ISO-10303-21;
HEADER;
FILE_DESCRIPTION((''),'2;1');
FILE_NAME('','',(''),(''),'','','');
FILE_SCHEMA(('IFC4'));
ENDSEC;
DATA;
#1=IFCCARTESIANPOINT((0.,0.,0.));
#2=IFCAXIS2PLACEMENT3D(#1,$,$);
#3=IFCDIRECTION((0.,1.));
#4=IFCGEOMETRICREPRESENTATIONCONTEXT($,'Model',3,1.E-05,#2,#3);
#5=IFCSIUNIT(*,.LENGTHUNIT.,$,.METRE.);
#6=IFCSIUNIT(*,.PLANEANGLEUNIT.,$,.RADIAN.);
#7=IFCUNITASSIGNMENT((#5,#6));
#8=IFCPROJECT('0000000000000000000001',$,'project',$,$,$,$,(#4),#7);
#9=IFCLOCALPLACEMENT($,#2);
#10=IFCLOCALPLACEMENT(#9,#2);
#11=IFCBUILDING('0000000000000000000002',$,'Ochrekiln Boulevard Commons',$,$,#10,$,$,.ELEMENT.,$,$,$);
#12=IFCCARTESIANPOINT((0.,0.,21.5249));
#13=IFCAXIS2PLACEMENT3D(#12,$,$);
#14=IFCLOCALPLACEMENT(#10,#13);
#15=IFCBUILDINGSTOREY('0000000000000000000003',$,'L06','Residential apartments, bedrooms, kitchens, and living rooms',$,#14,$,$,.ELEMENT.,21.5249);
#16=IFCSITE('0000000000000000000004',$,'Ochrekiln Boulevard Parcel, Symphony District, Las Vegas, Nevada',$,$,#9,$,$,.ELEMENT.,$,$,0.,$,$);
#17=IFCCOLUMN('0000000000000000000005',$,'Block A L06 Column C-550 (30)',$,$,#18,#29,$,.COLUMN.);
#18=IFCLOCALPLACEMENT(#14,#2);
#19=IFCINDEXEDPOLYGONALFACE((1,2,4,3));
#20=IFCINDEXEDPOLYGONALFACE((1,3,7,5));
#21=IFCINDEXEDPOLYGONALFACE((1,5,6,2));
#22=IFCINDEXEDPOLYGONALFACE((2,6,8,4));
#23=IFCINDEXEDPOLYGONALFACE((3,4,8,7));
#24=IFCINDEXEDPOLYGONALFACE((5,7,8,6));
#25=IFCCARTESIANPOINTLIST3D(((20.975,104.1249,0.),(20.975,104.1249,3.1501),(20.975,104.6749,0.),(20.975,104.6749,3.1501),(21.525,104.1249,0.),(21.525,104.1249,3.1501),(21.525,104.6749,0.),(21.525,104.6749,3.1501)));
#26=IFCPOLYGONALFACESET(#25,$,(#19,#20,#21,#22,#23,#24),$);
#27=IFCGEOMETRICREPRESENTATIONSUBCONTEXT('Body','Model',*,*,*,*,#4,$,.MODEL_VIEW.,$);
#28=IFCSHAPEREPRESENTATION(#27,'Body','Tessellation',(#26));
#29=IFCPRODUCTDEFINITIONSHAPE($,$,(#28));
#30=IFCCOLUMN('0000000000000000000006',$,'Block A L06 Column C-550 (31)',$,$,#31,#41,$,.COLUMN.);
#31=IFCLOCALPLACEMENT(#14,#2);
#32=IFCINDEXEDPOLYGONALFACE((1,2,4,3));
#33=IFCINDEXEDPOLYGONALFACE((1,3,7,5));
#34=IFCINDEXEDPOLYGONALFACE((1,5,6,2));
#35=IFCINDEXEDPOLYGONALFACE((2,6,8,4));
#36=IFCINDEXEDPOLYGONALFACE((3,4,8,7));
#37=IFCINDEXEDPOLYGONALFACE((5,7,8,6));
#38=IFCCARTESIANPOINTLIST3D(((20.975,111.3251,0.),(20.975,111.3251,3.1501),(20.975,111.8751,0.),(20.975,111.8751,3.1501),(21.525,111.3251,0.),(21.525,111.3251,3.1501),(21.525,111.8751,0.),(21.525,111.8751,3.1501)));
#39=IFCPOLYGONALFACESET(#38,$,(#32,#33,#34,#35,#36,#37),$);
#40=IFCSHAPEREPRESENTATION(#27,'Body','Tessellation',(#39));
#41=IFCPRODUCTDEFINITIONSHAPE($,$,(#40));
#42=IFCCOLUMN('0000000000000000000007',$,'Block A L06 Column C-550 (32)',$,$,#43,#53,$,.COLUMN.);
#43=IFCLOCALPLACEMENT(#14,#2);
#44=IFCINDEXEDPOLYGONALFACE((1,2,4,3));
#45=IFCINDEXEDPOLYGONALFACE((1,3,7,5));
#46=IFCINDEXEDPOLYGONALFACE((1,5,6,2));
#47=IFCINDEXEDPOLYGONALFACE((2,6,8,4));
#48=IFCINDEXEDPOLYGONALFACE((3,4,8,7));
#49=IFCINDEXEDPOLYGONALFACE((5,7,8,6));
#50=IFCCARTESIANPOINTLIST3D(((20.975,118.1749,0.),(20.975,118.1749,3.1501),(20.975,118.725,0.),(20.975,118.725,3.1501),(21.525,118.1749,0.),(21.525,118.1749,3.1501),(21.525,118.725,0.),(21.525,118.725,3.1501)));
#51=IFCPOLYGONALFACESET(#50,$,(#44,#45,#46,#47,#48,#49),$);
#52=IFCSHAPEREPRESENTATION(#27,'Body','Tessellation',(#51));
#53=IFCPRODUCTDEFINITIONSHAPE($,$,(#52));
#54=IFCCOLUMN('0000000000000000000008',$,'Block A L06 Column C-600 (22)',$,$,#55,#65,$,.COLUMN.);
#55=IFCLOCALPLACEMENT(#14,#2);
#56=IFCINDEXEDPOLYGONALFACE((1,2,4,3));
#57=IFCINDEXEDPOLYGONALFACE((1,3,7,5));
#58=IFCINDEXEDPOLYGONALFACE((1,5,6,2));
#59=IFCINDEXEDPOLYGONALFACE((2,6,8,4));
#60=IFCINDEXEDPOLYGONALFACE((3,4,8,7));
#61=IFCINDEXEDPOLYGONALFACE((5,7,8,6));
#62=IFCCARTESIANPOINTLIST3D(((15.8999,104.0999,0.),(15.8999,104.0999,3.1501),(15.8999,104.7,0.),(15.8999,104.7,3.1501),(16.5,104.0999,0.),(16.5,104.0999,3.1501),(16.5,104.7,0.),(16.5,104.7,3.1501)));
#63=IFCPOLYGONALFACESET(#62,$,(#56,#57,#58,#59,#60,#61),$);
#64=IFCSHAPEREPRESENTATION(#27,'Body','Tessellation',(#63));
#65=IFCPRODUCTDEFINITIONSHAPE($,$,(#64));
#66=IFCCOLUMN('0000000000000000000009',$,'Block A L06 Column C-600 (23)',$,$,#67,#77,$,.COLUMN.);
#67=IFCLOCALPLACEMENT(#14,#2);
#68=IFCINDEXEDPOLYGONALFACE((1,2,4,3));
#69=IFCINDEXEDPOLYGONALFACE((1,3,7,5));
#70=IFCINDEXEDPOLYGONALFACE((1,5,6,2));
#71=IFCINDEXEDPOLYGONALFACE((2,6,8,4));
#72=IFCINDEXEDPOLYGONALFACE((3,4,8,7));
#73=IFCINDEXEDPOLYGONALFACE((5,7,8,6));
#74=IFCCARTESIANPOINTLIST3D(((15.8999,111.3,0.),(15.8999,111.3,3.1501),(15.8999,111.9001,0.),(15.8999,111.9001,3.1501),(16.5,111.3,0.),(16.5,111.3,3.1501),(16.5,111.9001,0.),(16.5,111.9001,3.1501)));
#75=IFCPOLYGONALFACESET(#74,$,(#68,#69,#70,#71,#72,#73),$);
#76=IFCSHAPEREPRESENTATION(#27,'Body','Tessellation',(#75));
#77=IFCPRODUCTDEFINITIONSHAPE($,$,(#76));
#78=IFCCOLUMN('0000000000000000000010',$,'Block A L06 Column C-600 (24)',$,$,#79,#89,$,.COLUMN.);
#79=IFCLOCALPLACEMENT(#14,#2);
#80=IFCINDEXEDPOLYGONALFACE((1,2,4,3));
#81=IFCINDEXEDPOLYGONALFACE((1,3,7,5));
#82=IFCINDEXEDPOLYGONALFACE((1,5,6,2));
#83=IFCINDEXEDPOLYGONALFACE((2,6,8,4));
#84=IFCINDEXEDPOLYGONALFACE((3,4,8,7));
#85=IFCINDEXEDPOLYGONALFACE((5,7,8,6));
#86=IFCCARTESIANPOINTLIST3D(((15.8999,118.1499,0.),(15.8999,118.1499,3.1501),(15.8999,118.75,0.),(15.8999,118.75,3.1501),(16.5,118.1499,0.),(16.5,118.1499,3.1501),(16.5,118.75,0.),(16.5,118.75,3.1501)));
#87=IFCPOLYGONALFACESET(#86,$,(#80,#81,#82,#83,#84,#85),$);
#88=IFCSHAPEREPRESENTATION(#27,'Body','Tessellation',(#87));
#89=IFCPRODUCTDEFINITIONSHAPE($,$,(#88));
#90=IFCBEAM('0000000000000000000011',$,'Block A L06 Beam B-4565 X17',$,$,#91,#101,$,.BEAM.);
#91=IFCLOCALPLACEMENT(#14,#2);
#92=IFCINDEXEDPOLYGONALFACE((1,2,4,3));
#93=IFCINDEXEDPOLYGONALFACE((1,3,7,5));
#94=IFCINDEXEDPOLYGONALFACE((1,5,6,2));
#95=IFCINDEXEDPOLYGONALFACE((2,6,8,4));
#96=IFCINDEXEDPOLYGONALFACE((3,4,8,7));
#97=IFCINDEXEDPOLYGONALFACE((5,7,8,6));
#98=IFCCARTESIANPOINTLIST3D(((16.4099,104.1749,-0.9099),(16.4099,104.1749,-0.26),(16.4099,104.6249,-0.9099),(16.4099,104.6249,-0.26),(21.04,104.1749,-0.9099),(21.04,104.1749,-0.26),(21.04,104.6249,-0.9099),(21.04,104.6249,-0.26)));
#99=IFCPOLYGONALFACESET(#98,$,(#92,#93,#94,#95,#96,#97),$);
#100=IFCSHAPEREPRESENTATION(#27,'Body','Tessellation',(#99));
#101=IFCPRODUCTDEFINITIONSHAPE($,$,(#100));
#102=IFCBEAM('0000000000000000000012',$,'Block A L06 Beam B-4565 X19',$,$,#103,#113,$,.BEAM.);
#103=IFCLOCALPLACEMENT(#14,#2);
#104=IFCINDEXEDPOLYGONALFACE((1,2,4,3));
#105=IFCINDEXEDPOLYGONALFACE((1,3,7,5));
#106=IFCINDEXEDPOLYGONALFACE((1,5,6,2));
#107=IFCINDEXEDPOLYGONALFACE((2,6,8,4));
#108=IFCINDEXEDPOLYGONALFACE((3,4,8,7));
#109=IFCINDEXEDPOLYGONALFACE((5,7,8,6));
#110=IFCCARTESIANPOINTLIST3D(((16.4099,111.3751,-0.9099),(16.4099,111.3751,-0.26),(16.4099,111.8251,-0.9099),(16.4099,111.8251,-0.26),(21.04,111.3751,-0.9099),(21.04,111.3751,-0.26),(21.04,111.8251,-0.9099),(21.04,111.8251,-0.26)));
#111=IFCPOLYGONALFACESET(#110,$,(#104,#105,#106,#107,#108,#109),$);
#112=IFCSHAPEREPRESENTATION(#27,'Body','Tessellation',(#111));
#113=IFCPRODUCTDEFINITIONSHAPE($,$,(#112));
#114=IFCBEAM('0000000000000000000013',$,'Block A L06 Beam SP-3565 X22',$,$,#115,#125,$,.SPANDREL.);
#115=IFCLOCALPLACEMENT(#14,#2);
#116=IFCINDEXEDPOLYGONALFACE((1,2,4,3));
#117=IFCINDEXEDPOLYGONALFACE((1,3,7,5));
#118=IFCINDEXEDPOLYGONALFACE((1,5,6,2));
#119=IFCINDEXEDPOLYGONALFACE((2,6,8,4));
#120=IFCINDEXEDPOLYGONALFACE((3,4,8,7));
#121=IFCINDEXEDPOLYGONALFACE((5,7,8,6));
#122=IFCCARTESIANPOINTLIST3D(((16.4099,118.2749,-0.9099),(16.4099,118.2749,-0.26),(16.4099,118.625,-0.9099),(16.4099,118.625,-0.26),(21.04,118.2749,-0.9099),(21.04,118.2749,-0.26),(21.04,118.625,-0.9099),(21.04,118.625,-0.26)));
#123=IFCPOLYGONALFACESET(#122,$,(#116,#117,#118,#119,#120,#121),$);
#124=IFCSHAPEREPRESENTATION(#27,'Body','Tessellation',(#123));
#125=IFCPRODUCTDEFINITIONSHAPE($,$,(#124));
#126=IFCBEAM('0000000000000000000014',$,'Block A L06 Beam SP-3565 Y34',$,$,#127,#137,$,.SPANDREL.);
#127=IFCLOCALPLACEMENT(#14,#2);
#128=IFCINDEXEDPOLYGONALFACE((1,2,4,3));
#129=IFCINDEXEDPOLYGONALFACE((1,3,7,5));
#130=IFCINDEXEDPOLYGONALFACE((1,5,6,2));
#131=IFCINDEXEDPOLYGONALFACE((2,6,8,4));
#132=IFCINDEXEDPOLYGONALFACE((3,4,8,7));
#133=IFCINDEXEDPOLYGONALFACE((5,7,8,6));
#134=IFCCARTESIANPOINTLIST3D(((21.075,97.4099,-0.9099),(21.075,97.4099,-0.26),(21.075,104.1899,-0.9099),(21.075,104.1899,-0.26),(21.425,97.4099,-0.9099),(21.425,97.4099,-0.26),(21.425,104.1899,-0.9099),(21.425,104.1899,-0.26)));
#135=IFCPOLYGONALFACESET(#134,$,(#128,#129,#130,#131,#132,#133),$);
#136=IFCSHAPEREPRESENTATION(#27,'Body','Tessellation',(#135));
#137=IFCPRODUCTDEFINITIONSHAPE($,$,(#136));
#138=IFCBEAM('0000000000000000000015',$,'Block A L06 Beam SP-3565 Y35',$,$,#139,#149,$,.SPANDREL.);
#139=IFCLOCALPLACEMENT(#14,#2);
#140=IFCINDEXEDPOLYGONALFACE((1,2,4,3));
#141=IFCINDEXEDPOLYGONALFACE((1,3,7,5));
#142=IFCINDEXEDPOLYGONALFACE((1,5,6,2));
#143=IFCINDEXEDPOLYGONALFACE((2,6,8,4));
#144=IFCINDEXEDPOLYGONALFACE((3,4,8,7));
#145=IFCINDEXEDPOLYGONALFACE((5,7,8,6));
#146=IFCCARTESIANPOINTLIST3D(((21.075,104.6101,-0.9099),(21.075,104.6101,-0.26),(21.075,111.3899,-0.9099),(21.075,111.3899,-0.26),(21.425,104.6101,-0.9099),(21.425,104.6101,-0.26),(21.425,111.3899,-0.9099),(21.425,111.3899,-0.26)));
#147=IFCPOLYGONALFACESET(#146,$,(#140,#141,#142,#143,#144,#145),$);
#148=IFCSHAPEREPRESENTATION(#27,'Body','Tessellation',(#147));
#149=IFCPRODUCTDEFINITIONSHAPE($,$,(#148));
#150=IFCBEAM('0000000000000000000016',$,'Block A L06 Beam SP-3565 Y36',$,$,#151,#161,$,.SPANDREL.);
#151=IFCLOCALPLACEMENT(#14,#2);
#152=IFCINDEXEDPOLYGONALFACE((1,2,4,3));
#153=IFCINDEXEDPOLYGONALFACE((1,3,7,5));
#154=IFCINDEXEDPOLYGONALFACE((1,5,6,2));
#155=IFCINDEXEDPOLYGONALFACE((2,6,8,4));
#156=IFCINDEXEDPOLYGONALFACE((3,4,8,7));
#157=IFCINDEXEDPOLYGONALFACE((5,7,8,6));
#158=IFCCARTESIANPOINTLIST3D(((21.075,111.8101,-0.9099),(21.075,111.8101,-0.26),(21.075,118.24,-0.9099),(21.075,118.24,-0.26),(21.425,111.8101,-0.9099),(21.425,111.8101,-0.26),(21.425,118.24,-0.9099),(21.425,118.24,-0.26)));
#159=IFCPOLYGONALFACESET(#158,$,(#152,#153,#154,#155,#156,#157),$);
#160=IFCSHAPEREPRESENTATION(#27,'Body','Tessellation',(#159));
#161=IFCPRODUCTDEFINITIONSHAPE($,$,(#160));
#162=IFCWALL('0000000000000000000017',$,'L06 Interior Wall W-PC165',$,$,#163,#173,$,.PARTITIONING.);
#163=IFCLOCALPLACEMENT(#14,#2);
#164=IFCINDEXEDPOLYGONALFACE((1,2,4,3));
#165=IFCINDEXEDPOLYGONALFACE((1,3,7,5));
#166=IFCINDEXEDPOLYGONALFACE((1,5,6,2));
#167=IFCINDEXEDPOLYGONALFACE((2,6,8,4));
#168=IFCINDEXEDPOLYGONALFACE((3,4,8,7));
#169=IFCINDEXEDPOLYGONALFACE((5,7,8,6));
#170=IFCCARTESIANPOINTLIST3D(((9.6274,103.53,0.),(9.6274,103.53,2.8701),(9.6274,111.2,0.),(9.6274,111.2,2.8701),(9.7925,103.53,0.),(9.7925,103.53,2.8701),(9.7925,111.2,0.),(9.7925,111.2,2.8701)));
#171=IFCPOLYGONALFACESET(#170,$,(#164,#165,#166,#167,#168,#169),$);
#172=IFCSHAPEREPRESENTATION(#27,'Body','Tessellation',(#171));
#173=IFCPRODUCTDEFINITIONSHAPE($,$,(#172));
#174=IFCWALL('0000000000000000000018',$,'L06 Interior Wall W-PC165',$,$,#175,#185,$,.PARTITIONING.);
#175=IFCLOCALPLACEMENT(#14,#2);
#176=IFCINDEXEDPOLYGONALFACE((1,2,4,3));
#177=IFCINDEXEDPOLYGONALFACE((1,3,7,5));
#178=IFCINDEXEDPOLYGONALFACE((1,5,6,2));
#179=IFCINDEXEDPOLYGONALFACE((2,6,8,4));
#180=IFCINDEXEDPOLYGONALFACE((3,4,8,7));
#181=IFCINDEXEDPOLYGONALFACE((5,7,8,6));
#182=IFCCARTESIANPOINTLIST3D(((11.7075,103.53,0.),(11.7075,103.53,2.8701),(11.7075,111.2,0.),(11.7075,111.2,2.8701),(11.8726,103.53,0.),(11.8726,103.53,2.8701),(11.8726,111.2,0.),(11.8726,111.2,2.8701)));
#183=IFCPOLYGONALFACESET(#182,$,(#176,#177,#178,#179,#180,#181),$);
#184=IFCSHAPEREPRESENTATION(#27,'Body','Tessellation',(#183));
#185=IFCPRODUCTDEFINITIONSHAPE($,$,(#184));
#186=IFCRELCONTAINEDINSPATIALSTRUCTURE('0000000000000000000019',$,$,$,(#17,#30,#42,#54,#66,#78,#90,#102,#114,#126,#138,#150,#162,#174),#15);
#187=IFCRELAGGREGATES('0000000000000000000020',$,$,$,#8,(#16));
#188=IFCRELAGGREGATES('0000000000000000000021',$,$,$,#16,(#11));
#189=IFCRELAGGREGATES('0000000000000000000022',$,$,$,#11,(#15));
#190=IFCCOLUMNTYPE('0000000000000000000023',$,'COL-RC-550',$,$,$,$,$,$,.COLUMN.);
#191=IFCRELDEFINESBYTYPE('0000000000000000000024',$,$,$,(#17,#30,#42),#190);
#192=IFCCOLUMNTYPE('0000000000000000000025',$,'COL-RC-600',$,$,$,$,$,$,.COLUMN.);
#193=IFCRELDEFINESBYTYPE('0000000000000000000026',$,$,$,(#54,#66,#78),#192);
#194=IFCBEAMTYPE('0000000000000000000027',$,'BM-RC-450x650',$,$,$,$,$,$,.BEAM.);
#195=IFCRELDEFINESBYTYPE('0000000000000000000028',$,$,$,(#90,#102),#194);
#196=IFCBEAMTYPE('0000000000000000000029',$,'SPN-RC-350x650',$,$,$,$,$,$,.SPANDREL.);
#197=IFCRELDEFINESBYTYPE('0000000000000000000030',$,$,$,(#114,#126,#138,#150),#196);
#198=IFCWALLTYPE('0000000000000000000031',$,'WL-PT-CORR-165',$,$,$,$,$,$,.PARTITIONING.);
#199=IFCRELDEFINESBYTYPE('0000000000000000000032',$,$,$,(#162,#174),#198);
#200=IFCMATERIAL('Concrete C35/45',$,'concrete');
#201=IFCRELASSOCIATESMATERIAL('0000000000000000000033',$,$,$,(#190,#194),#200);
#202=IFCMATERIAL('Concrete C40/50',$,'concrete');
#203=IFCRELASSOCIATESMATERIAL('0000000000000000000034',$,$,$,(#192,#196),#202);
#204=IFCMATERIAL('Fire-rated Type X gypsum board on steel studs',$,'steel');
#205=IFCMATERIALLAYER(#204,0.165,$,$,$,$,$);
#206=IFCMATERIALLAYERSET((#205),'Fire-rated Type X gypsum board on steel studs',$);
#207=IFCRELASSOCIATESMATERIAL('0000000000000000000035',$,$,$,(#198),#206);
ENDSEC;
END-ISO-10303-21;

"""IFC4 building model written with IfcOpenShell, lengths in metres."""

from ifc_helpers import new_model, si_unit, direction, frame, frame_2d, origin, origin_2d, place, context, subcontext, project, spatial, rectangle, extrude, material, layer, layer_set, material_profile, profile_set, type_object, element, save


model = new_model("IFC4")

# Units and contexts
model_context = context("Model", 3, precision=1e-05, world=origin(), true_north=direction((0.0, 1.0)))
body_context = subcontext(model_context, "Body", "Model", "MODEL_VIEW")
ifc_project = project(units=[si_unit("LENGTHUNIT", "METRE"), si_unit("PLANEANGLEUNIT", "RADIAN")], contexts=[model_context])

# Site, building, storey
site_placement = place(None, origin())
site = spatial("IfcSite", under=ifc_project, at=site_placement, Name="Ochrekiln Boulevard Parcel, Symphony District, Las Vegas, Nevada", CompositionType="ELEMENT", RefElevation=0.0)
building_placement = place(site_placement, origin())
building = spatial("IfcBuilding", under=site, at=building_placement, Name="Ochrekiln Boulevard Commons", CompositionType="ELEMENT")
storey_placement = place(building_placement, frame((0.0, 0.0, 21.5249)))
storey = spatial("IfcBuildingStorey", under=building, at=storey_placement, Name="L06", Description="Residential apartments, bedrooms, kitchens, and living rooms", CompositionType="ELEMENT", Elevation=21.5249)

# Columns
ifc_material_1 = material(Name="Concrete C35/45", Category="concrete")
ifc_material_profile_1 = material_profile(ifc_material_1, rectangle(XDim=0.55, YDim=0.55, at=origin_2d()), Name="RC-COL-550x550")
ifc_profile_set_1 = profile_set([ifc_material_profile_1], Name="Concrete C35/45")
column_type_1 = type_object("IfcColumnType", Name="COL-RC-550", PredefinedType="COLUMN", material=ifc_profile_set_1)
for number, where, z_axis, x_axis, name in (
    (1, (21.25, 104.3999, 0.0), (0.0, 0.0, 1.0), (1.0, 0.0, 0.0), "Block A L06 Column C-550 (30)"),
    (2, (21.25, 111.6001, 0.0), (0.0, 0.0, 1.0), (1.0, 0.0, 0.0), "Block A L06 Column C-550 (31)"),
    (3, (21.25, 118.45, 0.0), (0.0, 0.0, 1.0), (1.0, 0.0, 0.0), "Block A L06 Column C-550 (32)"),
):
    element("IfcColumn", number, at=place(storey_placement, frame(where, z_axis=z_axis, x_axis=x_axis)), inside=storey, type_object=column_type_1, Name=name, PredefinedType="COLUMN", context=body_context, shape_type="SweptSolid", body=[
        extrude(rectangle(XDim=0.55, YDim=0.55, at=origin_2d()), origin(), (0.0, 0.0, 1.0), 3.1501),
    ])
ifc_material_2 = material(Name="Concrete C40/50", Category="concrete")
ifc_material_profile_2 = material_profile(ifc_material_2, rectangle(XDim=0.6001, YDim=0.6001, at=origin_2d()), Name="RC-COL-600x600")
ifc_profile_set_2 = profile_set([ifc_material_profile_2], Name="Concrete C40/50")
column_type_2 = type_object("IfcColumnType", Name="COL-RC-600", PredefinedType="COLUMN", material=ifc_profile_set_2)
for number, where, z_axis, x_axis, name in (
    (4, (16.2, 104.3999, 0.0), (0.0, 0.0, 1.0), (1.0, 0.0, 0.0), "Block A L06 Column C-600 (22)"),
    (5, (16.2, 111.6001, 0.0), (0.0, 0.0, 1.0), (1.0, 0.0, 0.0), "Block A L06 Column C-600 (23)"),
    (6, (16.2, 118.45, 0.0), (0.0, 0.0, 1.0), (1.0, 0.0, 0.0), "Block A L06 Column C-600 (24)"),
):
    element("IfcColumn", number, at=place(storey_placement, frame(where, z_axis=z_axis, x_axis=x_axis)), inside=storey, type_object=column_type_2, Name=name, PredefinedType="COLUMN", context=body_context, shape_type="SweptSolid", body=[
        extrude(rectangle(XDim=0.6001, YDim=0.6001, at=origin_2d()), origin(), (0.0, 0.0, 1.0), 3.1501),
    ])

# Beams
ifc_material_profile_3 = material_profile(ifc_material_1, rectangle(XDim=0.45, YDim=0.6499, at=origin_2d()), Name="RC-BM-450x650")
ifc_profile_set_3 = profile_set([ifc_material_profile_3], Name="Concrete C35/45")
beam_type_1 = type_object("IfcBeamType", Name="BM-RC-450x650", PredefinedType="BEAM", material=ifc_profile_set_3)
for number, where, z_axis, x_axis, name in (
    (7, (16.4099, 104.3999, -0.585), (1.0, 0.0, 0.0), (0.0, 1.0, 0.0), "Block A L06 Beam B-4565 X17"),
    (8, (16.4099, 111.6001, -0.585), (1.0, 0.0, 0.0), (0.0, 1.0, 0.0), "Block A L06 Beam B-4565 X19"),
):
    element("IfcBeam", number, at=place(storey_placement, frame(where, z_axis=z_axis, x_axis=x_axis)), inside=storey, type_object=beam_type_1, Name=name, PredefinedType="BEAM", context=body_context, shape_type="SweptSolid", body=[
        extrude(rectangle(XDim=0.45, YDim=0.6499, at=origin_2d()), origin(), (0.0, 0.0, 1.0), 4.6301),
    ])
ifc_material_profile_4 = material_profile(ifc_material_2, rectangle(XDim=0.3501, YDim=0.6499, at=origin_2d()), Name="RC-SPN-350x650")
ifc_profile_set_4 = profile_set([ifc_material_profile_4], Name="Concrete C40/50")
beam_type_2 = type_object("IfcBeamType", Name="SPN-RC-350x650", PredefinedType="SPANDREL", material=ifc_profile_set_4)
beam_1_placement = place(storey_placement, frame((16.4099, 118.45, -0.585), z_axis=(1.0, 0.0, 0.0), x_axis=(0.0, 1.0, 0.0)))
element("IfcBeam", 9, at=beam_1_placement, inside=storey, type_object=beam_type_2, Name="Block A L06 Beam SP-3565 X22", PredefinedType="SPANDREL", context=body_context, shape_type="SweptSolid", body=[
    extrude(rectangle(XDim=0.3501, YDim=0.6499, at=origin_2d()), origin(), (0.0, 0.0, 1.0), 4.6301),
])
beam_2_placement = place(storey_placement, frame((21.25, 97.4099, -0.585), z_axis=(0.0, 1.0, 0.0), x_axis=(-1.0, 0.0, 0.0)))
element("IfcBeam", 10, at=beam_2_placement, inside=storey, type_object=beam_type_2, Name="Block A L06 Beam SP-3565 Y34", PredefinedType="SPANDREL", context=body_context, shape_type="SweptSolid", body=[
    extrude(rectangle(XDim=0.3501, YDim=0.6499, at=origin_2d()), origin(), (0.0, 0.0, 1.0), 6.78),
])
beam_3_placement = place(storey_placement, frame((21.25, 104.6101, -0.585), z_axis=(0.0, 1.0, 0.0), x_axis=(-1.0, 0.0, 0.0)))
element("IfcBeam", 11, at=beam_3_placement, inside=storey, type_object=beam_type_2, Name="Block A L06 Beam SP-3565 Y35", PredefinedType="SPANDREL", context=body_context, shape_type="SweptSolid", body=[
    extrude(rectangle(XDim=0.3501, YDim=0.6499, at=origin_2d()), origin(), (0.0, 0.0, 1.0), 6.7798),
])
beam_4_placement = place(storey_placement, frame((21.25, 111.8101, -0.585), z_axis=(0.0, 1.0, 0.0), x_axis=(-1.0, 0.0, 0.0)))
element("IfcBeam", 12, at=beam_4_placement, inside=storey, type_object=beam_type_2, Name="Block A L06 Beam SP-3565 Y36", PredefinedType="SPANDREL", context=body_context, shape_type="SweptSolid", body=[
    extrude(rectangle(XDim=0.3501, YDim=0.6499, at=origin_2d()), origin(), (0.0, 0.0, 1.0), 6.4299),
])

# Walls
ifc_material_3 = material(Name="Fire-rated Type X gypsum board on steel studs", Category="steel")
ifc_layer_1 = layer(ifc_material_3, 0.165)
ifc_layer_set_1 = layer_set([ifc_layer_1], Name="Fire-rated Type X gypsum board on steel studs")
wall_type_1 = type_object("IfcWallType", Name="WL-PT-CORR-165", PredefinedType="PARTITIONING", material=ifc_layer_set_1)
for number, where, z_axis, x_axis, name in (
    (13, (9.71, 103.53, 0.0), (0.0, 0.0, 1.0), (0.0, 1.0, 0.0), "L06 Interior Wall W-PC165"),
    (14, (11.79, 103.53, 0.0), (0.0, 0.0, 1.0), (0.0, 1.0, 0.0), "L06 Interior Wall W-PC165"),
):
    element("IfcWall", number, at=place(storey_placement, frame(where, z_axis=z_axis, x_axis=x_axis)), inside=storey, type_object=wall_type_1, Name=name, PredefinedType="PARTITIONING", context=body_context, shape_type="SweptSolid", body=[
        extrude(rectangle(XDim=7.6699, YDim=0.165, at=frame_2d((3.835, 0.0))), origin(), (0.0, 0.0, 1.0), 2.8701),
    ])

save(model, "model.ifc")
